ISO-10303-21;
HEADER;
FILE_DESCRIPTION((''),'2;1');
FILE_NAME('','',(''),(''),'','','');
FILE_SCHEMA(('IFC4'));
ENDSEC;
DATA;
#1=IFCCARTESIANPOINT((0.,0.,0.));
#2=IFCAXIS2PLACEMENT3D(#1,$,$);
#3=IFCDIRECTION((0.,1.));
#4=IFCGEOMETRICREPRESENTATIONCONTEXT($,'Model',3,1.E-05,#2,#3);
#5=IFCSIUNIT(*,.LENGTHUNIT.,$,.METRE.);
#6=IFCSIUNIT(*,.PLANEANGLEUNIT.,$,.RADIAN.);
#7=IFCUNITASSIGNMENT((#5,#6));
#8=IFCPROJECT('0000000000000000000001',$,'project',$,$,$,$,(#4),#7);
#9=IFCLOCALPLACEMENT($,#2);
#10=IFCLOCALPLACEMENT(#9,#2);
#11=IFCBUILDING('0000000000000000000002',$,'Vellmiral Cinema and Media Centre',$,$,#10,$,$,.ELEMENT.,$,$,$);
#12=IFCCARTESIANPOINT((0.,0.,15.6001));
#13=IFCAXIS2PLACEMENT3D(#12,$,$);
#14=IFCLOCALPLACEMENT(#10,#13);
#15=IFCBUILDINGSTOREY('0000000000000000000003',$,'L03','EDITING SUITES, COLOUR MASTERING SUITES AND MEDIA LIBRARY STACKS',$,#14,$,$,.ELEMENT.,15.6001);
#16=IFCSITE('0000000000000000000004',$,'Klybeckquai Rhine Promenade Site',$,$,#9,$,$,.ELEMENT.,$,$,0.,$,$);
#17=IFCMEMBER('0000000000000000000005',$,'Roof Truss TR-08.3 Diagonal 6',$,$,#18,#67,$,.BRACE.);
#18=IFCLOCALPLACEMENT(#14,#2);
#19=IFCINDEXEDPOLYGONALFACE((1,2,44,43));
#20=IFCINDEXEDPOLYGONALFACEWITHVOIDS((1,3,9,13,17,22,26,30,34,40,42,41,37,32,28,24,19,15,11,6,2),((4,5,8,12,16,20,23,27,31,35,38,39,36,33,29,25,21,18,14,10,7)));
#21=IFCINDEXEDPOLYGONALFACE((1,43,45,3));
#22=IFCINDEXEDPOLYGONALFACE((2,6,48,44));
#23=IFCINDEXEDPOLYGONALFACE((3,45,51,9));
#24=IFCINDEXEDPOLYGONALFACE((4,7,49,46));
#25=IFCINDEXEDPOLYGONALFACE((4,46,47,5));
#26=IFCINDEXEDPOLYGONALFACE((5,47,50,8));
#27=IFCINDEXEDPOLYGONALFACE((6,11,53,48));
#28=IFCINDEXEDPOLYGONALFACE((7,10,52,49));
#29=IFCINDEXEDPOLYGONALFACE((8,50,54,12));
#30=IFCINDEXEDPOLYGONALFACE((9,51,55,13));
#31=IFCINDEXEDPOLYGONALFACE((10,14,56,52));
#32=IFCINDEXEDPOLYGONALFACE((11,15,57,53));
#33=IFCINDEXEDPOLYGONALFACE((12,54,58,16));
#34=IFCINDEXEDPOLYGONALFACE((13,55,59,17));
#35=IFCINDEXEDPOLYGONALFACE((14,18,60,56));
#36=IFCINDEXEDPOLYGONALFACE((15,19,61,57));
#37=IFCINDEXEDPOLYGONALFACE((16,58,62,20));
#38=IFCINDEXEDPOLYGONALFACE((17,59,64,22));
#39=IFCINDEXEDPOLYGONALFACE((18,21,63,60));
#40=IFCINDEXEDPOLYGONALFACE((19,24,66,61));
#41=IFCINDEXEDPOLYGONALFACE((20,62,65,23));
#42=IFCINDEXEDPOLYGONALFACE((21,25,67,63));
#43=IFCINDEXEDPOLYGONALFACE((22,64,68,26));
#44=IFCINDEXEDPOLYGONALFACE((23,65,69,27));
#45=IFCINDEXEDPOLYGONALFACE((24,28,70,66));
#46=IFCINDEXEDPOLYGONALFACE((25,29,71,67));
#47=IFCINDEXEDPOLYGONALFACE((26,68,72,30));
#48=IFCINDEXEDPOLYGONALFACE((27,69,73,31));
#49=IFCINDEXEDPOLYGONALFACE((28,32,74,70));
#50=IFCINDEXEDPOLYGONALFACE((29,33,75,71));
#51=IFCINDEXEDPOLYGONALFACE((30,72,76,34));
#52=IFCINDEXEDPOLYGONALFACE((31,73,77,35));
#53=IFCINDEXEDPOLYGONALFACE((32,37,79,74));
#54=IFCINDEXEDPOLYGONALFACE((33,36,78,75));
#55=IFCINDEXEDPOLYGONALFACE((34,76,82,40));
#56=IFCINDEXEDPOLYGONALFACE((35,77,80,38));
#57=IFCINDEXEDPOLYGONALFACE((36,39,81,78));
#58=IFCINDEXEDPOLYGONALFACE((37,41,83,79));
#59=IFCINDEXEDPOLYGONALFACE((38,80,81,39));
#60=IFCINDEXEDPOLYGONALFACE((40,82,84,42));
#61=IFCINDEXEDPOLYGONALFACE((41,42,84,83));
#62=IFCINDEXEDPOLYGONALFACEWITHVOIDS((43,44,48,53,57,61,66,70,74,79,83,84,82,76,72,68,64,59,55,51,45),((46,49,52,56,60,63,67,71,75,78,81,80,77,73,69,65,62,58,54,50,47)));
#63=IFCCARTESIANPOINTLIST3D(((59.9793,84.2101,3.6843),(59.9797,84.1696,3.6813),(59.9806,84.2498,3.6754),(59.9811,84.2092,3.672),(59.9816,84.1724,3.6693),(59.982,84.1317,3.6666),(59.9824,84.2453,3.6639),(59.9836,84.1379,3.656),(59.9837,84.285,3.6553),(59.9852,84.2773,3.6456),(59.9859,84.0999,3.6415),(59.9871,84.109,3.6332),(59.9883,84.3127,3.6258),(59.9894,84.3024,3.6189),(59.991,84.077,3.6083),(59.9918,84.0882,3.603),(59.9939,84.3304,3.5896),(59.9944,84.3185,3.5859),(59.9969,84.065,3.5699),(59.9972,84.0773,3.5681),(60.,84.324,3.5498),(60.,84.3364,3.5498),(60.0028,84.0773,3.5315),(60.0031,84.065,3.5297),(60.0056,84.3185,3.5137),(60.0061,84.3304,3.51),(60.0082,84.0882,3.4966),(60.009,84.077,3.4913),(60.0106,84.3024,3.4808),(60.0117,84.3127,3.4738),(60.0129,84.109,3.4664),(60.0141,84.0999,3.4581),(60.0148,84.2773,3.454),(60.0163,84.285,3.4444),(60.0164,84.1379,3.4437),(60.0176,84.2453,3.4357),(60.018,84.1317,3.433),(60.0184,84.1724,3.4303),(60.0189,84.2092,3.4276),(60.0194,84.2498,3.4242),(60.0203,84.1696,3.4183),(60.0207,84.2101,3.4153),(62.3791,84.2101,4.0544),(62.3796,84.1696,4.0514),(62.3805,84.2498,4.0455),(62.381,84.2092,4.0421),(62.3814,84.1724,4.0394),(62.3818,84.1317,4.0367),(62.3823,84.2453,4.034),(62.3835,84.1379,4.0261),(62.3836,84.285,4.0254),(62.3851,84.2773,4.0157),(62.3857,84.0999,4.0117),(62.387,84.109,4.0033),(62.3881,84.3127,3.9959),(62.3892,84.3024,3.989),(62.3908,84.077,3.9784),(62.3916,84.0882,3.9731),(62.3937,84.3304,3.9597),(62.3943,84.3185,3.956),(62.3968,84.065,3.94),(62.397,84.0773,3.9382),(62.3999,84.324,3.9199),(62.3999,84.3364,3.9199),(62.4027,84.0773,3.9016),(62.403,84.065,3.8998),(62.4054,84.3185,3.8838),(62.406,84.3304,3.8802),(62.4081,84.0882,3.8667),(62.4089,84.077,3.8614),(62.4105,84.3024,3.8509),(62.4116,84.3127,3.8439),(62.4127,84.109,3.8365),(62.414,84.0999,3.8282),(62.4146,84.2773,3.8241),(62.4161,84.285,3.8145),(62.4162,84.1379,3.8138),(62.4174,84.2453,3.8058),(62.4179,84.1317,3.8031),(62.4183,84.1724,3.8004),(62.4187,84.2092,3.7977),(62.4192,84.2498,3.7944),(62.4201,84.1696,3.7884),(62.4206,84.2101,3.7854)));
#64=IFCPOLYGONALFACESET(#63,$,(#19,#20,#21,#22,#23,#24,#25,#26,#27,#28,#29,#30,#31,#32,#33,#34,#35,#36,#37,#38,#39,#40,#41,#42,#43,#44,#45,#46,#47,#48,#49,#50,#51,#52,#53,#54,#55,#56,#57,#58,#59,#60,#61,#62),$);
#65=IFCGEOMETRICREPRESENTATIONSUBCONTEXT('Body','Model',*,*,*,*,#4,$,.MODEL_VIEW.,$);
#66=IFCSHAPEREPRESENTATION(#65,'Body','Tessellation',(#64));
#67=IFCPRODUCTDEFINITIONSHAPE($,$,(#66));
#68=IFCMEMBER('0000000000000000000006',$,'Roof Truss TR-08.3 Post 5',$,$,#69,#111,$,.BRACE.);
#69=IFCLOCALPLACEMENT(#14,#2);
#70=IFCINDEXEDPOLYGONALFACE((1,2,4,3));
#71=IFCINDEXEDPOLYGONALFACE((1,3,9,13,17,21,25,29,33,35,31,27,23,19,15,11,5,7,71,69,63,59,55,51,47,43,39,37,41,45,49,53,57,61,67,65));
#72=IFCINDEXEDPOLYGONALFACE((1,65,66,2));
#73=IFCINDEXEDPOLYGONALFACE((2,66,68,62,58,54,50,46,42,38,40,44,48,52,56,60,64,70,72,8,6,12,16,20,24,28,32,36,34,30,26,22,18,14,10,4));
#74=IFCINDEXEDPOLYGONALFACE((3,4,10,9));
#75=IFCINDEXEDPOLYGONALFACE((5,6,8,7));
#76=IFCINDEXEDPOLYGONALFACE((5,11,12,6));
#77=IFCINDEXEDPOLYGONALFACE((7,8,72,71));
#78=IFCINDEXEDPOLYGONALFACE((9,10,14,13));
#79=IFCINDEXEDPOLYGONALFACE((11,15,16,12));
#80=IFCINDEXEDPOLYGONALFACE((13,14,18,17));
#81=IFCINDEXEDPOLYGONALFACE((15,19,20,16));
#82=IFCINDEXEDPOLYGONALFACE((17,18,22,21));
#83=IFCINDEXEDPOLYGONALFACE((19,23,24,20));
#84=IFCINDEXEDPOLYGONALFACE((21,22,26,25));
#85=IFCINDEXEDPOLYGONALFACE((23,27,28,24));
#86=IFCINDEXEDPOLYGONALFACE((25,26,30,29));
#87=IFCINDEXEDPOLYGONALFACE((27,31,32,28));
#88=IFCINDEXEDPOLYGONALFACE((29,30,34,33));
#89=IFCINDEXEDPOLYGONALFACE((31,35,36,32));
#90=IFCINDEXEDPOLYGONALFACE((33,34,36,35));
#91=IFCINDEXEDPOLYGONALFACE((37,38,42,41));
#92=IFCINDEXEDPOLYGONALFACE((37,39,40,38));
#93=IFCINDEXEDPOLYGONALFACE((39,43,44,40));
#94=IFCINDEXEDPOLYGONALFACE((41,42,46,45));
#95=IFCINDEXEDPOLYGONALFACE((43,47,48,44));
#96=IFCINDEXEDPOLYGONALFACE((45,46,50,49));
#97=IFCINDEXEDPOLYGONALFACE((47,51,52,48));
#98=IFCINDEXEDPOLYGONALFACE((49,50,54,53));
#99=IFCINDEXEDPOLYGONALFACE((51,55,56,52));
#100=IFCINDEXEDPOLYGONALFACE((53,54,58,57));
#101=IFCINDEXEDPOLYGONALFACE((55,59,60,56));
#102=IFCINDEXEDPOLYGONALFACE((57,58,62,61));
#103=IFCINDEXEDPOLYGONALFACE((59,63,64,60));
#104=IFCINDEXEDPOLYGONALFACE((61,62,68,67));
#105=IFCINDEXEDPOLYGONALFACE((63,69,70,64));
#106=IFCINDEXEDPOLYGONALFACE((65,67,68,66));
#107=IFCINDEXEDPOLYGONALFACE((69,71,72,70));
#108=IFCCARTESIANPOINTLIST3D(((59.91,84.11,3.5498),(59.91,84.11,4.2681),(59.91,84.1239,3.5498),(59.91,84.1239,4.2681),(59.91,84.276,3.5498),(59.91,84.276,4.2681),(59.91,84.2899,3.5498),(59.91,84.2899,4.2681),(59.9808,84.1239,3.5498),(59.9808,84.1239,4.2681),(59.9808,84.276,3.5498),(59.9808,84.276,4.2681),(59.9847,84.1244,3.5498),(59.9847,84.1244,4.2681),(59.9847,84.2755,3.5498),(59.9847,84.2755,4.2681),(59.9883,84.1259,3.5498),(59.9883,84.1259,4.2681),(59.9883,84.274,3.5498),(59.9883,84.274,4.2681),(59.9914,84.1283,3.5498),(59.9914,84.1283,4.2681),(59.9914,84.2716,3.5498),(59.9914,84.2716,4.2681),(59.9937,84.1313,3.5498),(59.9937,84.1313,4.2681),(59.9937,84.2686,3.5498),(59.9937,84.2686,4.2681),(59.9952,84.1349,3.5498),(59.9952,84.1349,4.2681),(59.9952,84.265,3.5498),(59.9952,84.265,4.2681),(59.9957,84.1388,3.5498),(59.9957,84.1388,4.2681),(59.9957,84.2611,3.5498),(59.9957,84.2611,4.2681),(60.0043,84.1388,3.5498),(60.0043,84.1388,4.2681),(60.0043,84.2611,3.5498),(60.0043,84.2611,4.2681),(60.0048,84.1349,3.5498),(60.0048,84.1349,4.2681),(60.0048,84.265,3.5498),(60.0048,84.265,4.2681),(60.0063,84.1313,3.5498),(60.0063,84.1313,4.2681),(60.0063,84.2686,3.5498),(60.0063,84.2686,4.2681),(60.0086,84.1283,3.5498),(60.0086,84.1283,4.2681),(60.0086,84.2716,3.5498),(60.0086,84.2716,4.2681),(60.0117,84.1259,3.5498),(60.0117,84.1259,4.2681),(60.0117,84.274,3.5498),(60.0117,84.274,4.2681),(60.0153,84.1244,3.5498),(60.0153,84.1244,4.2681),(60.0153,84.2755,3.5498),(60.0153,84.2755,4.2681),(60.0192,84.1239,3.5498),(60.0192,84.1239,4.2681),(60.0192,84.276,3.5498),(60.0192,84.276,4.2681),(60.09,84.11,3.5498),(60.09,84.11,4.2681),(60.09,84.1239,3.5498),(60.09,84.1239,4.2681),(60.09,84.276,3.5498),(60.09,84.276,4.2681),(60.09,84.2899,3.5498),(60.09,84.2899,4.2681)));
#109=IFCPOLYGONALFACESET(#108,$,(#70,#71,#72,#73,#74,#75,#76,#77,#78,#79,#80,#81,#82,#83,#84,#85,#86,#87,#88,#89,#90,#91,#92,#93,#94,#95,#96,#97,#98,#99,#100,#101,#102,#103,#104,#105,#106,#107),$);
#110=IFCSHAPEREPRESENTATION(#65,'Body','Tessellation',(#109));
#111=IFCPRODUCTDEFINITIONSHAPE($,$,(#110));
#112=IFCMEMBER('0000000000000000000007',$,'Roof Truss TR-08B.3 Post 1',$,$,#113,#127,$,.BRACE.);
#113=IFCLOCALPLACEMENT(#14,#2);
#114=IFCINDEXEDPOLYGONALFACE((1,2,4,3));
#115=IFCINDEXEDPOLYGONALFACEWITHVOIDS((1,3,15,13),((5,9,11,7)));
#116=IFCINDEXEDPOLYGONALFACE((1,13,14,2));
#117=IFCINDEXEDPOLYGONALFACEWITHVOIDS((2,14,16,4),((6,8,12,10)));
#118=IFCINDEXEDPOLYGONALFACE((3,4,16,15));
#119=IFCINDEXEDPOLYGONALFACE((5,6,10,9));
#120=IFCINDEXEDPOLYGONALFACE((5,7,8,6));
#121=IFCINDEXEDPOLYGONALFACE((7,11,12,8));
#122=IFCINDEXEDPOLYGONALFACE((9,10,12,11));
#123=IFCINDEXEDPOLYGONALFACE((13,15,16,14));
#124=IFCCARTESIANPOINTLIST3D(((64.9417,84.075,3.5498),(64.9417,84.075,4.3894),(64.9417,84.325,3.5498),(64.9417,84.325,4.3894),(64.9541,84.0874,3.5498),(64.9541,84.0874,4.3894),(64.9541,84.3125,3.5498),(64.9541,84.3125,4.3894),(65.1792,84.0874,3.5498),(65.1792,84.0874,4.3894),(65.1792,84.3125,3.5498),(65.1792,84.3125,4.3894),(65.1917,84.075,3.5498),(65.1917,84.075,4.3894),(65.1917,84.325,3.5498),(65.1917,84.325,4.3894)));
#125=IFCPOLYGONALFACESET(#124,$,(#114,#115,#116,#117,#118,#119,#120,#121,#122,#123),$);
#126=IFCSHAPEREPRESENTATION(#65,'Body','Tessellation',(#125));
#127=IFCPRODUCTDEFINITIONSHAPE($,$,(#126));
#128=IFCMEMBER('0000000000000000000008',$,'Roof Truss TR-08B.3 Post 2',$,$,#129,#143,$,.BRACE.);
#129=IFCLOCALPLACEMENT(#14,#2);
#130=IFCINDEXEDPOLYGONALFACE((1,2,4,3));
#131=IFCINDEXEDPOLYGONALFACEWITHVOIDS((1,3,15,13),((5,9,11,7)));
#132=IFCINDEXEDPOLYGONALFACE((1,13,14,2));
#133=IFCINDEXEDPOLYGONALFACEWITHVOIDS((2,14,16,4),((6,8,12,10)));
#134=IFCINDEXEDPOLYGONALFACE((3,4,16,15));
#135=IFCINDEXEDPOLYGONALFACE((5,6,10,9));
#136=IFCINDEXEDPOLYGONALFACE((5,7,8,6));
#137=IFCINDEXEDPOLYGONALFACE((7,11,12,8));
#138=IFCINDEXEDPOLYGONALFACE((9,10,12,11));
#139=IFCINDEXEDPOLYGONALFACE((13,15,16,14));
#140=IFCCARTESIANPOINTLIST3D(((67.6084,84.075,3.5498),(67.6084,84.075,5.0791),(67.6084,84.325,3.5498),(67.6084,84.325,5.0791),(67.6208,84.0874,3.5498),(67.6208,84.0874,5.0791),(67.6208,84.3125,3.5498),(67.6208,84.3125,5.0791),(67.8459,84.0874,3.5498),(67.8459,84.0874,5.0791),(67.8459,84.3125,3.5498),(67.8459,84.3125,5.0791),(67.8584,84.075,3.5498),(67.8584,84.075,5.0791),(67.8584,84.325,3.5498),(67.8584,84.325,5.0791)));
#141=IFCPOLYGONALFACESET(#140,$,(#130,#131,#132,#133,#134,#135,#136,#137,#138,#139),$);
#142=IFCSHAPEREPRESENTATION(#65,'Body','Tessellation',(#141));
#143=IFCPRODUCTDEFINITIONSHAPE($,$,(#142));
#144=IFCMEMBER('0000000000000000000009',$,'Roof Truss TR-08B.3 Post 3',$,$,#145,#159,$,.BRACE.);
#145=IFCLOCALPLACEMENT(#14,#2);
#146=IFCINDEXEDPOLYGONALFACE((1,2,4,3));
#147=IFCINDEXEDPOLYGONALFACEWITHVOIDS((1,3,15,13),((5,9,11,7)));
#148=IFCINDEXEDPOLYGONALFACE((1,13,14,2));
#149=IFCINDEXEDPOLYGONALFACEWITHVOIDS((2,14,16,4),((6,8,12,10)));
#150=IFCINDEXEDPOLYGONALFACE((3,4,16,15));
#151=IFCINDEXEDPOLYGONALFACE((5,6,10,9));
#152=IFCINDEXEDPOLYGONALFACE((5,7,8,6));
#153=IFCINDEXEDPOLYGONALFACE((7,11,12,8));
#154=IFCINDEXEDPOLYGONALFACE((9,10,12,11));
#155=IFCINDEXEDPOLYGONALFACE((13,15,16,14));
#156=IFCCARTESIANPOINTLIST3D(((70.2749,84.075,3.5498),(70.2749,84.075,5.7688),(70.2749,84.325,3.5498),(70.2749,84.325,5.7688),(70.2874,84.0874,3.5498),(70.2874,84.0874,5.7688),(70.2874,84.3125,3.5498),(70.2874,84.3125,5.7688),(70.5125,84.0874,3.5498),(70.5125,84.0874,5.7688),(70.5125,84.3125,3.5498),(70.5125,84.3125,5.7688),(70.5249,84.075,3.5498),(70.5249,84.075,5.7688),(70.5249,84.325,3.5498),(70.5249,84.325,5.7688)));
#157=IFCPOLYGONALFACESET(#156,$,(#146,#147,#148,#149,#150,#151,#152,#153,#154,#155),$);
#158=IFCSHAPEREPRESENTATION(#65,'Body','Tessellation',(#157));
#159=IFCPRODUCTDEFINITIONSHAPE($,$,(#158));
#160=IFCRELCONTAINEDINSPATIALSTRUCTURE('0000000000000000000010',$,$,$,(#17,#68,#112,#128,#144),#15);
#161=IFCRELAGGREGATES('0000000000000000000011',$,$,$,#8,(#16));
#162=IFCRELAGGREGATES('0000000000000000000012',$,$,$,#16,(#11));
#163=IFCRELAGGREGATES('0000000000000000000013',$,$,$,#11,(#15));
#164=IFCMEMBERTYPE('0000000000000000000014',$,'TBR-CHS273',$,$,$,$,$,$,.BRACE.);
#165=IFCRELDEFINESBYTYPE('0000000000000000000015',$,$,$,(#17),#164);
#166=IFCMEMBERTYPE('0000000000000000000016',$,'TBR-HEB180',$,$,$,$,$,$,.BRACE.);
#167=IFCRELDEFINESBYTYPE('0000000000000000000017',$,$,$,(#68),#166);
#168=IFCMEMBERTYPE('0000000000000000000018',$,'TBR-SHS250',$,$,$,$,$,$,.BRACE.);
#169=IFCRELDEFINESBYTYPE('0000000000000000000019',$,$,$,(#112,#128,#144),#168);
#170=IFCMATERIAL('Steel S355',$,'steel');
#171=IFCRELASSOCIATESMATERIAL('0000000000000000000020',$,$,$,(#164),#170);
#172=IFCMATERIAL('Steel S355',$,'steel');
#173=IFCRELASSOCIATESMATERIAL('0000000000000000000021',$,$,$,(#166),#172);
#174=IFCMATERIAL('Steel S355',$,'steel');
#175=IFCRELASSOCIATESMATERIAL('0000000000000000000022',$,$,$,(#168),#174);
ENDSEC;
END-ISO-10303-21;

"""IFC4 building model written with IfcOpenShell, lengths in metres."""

from ifc_helpers import new_model, si_unit, direction, frame, origin, origin_2d, place, context, subcontext, project, spatial, hollow_rectangle, hollow_circle, i_section, extrude, material, material_profile, profile_set, type_object, element, save


model = new_model("IFC4")

# Units and contexts
model_context = context("Model", 3, precision=1e-05, world=origin(), true_north=direction((0.0, 1.0)))
body_context = subcontext(model_context, "Body", "Model", "MODEL_VIEW")
ifc_project = project(units=[si_unit("LENGTHUNIT", "METRE"), si_unit("PLANEANGLEUNIT", "RADIAN")], contexts=[model_context])

# Site, building, storey
site_placement = place(None, origin())
site = spatial("IfcSite", under=ifc_project, at=site_placement, Name="Klybeckquai Rhine Promenade Site", CompositionType="ELEMENT", RefElevation=0.0)
building_placement = place(site_placement, origin())
building = spatial("IfcBuilding", under=site, at=building_placement, Name="Vellmiral Cinema and Media Centre", CompositionType="ELEMENT")
storey_placement = place(building_placement, frame((0.0, 0.0, 15.6001)))
storey = spatial("IfcBuildingStorey", under=building, at=storey_placement, Name="L03", Description="EDITING SUITES, COLOUR MASTERING SUITES AND MEDIA LIBRARY STACKS", CompositionType="ELEMENT", Elevation=15.6001)

# Members
ifc_material_1 = material(Name="Steel S355", Category="steel")
ifc_material_profile_1 = material_profile(ifc_material_1, hollow_circle(Radius=0.1365, WallThickness=0.0125, at=origin_2d()), Name="CHS 273.0x12.5")
ifc_profile_set_1 = profile_set([ifc_material_profile_1], Name="Steel S355")
member_type_1 = type_object("IfcMemberType", Name="TBR-CHS273", PredefinedType="BRACE", material=ifc_profile_set_1)
member_1_placement = place(storey_placement, frame((60.0, 84.2, 3.5498), z_axis=(0.988316, 0.0, 0.15242), x_axis=(0.0, 1.0, 0.0)))
element("IfcMember", 1, at=member_1_placement, inside=storey, type_object=member_type_1, Name="Roof Truss TR-08.3 Diagonal 6", PredefinedType="BRACE", context=body_context, shape_type="SweptSolid", body=[
    extrude(hollow_circle(Radius=0.1365, WallThickness=0.0125, at=origin_2d()), origin(), (0.0, 0.0, 1.0), 2.4282),
])
ifc_material_2 = material(Name="Steel S355", Category="steel")
ifc_material_profile_2 = material_profile(ifc_material_2, i_section(OverallWidth=0.1799, OverallDepth=0.1799, WebThickness=0.0085, FlangeThickness=0.0139, FilletRadius=0.0149, at=origin_2d()), Name="HEB 180")
ifc_profile_set_2 = profile_set([ifc_material_profile_2], Name="Steel S355")
member_type_2 = type_object("IfcMemberType", Name="TBR-HEB180", PredefinedType="BRACE", material=ifc_profile_set_2)
member_2_placement = place(storey_placement, frame((60.0, 84.2, 3.5498), z_axis=(0.0, 0.0, 1.0), x_axis=(1.0, 0.0, 0.0)))
element("IfcMember", 2, at=member_2_placement, inside=storey, type_object=member_type_2, Name="Roof Truss TR-08.3 Post 5", PredefinedType="BRACE", context=body_context, shape_type="SweptSolid", body=[
    extrude(i_section(OverallWidth=0.1799, OverallDepth=0.1799, WebThickness=0.0085, FlangeThickness=0.0139, FilletRadius=0.0149, at=origin_2d()), origin(), (0.0, 0.0, 1.0), 0.7183),
])
ifc_material_3 = material(Name="Steel S355", Category="steel")
ifc_material_profile_3 = material_profile(ifc_material_3, hollow_rectangle(XDim=0.25, YDim=0.25, WallThickness=0.0125, at=origin_2d()), Name="SHS 250x250x12.5")
ifc_profile_set_3 = profile_set([ifc_material_profile_3], Name="Steel S355")
member_type_3 = type_object("IfcMemberType", Name="TBR-SHS250", PredefinedType="BRACE", material=ifc_profile_set_3)
member_3_placement = place(storey_placement, frame((65.0667, 84.2, 3.5498), z_axis=(0.0, 0.0, 1.0), x_axis=(1.0, 0.0, 0.0)))
element("IfcMember", 3, at=member_3_placement, inside=storey, type_object=member_type_3, Name="Roof Truss TR-08B.3 Post 1", PredefinedType="BRACE", context=body_context, shape_type="SweptSolid", body=[
    extrude(hollow_rectangle(XDim=0.25, YDim=0.25, WallThickness=0.0125, at=origin_2d()), origin(), (0.0, 0.0, 1.0), 0.8396),
])
member_4_placement = place(storey_placement, frame((67.7334, 84.2, 3.5498), z_axis=(0.0, 0.0, 1.0), x_axis=(1.0, 0.0, 0.0)))
element("IfcMember", 4, at=member_4_placement, inside=storey, type_object=member_type_3, Name="Roof Truss TR-08B.3 Post 2", PredefinedType="BRACE", context=body_context, shape_type="SweptSolid", body=[
    extrude(hollow_rectangle(XDim=0.25, YDim=0.25, WallThickness=0.0125, at=origin_2d()), origin(), (0.0, 0.0, 1.0), 1.5293),
])
member_5_placement = place(storey_placement, frame((70.3999, 84.2, 3.5498), z_axis=(0.0, 0.0, 1.0), x_axis=(1.0, 0.0, 0.0)))
element("IfcMember", 5, at=member_5_placement, inside=storey, type_object=member_type_3, Name="Roof Truss TR-08B.3 Post 3", PredefinedType="BRACE", context=body_context, shape_type="SweptSolid", body=[
    extrude(hollow_rectangle(XDim=0.25, YDim=0.25, WallThickness=0.0125, at=origin_2d()), origin(), (0.0, 0.0, 1.0), 2.219),
])

save(model, "model.ifc")
